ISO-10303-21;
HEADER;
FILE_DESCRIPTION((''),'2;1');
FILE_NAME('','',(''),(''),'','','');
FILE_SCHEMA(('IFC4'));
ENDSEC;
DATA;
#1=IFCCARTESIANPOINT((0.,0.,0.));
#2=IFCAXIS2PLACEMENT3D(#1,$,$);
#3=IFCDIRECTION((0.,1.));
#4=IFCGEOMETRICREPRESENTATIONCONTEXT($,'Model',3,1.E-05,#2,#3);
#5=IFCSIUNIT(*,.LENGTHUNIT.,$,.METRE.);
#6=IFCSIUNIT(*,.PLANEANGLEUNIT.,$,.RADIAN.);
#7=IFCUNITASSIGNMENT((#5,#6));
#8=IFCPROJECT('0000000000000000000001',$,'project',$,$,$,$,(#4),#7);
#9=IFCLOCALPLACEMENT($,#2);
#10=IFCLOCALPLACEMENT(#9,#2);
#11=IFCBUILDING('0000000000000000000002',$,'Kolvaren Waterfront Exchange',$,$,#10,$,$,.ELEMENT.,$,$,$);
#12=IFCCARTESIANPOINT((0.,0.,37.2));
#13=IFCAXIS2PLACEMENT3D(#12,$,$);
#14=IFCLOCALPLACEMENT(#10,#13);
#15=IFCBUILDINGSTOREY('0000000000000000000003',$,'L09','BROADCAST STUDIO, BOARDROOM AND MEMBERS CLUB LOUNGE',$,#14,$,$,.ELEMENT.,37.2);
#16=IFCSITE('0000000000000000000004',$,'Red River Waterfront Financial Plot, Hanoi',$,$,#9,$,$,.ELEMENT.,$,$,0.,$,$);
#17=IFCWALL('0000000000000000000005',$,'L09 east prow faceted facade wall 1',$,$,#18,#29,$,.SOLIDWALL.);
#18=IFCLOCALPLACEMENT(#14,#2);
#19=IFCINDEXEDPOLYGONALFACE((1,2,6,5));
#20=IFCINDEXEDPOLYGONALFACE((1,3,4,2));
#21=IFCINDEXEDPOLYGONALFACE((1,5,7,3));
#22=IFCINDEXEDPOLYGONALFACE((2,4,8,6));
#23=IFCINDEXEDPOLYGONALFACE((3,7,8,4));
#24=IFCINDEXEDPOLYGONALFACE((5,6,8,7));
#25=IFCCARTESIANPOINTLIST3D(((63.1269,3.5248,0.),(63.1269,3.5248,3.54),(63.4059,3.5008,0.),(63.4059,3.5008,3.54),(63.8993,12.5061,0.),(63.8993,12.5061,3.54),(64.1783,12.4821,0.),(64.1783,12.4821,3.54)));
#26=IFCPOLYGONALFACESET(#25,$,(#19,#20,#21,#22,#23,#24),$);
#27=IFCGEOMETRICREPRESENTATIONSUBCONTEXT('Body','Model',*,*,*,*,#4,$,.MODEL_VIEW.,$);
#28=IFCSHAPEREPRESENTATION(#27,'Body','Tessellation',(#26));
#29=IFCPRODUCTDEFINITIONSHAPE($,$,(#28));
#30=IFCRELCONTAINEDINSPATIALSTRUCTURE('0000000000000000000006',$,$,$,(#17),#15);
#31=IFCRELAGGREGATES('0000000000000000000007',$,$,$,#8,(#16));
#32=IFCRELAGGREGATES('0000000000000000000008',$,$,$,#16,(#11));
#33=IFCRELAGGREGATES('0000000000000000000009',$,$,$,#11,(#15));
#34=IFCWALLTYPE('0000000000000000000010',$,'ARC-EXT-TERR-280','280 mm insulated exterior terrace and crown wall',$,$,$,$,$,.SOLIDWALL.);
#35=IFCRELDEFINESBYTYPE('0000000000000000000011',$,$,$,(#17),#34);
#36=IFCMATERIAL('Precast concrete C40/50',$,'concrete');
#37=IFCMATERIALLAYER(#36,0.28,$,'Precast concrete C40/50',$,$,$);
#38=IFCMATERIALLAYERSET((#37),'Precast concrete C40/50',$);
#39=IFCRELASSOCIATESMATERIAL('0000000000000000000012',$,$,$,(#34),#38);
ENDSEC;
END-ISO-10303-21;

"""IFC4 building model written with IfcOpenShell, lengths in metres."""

from ifc_helpers import new_model, si_unit, direction, frame, frame_2d, origin, place, context, subcontext, project, spatial, rectangle, extrude, material, layer, layer_set, type_object, element, save


model = new_model("IFC4")

# Units and contexts
model_context = context("Model", 3, precision=1e-05, world=origin(), true_north=direction((0.0, 1.0)))
body_context = subcontext(model_context, "Body", "Model", "MODEL_VIEW")
ifc_project = project(units=[si_unit("LENGTHUNIT", "METRE"), si_unit("PLANEANGLEUNIT", "RADIAN")], contexts=[model_context])

# Site, building, storey
site_placement = place(None, origin())
site = spatial("IfcSite", under=ifc_project, at=site_placement, Name="Red River Waterfront Financial Plot, Hanoi", CompositionType="ELEMENT", RefElevation=0.0)
building_placement = place(site_placement, origin())
building = spatial("IfcBuilding", under=site, at=building_placement, Name="Kolvaren Waterfront Exchange", CompositionType="ELEMENT")
storey_placement = place(building_placement, frame((0.0, 0.0, 37.2)))
storey = spatial("IfcBuildingStorey", under=building, at=storey_placement, Name="L09", Description="BROADCAST STUDIO, BOARDROOM AND MEMBERS CLUB LOUNGE", CompositionType="ELEMENT", Elevation=37.2)

# Wall
ifc_material_1 = material(Name="Precast concrete C40/50", Category="concrete")
ifc_layer_1 = layer(ifc_material_1, 0.28, Name="Precast concrete C40/50")
ifc_layer_set_1 = layer_set([ifc_layer_1], Name="Precast concrete C40/50")
wall_type = type_object("IfcWallType", Name="ARC-EXT-TERR-280", Description="280 mm insulated exterior terrace and crown wall", PredefinedType="SOLIDWALL", material=ifc_layer_set_1)
wall_1_placement = place(storey_placement, frame((63.2664, 3.5127, 0.0), z_axis=(0.0, 0.0, 1.0), x_axis=(0.085692, 0.996322, 0.0)))
element("IfcWall", 1, at=wall_1_placement, inside=storey, type_object=wall_type, Name="L09 east prow faceted facade wall 1", PredefinedType="SOLIDWALL", context=body_context, shape_type="SweptSolid", body=[
    extrude(rectangle(XDim=9.0144, YDim=0.28, at=frame_2d((4.5073, 0.0))), origin(), (0.0, 0.0, 1.0), 3.54),
])

save(model, "model.ifc")
